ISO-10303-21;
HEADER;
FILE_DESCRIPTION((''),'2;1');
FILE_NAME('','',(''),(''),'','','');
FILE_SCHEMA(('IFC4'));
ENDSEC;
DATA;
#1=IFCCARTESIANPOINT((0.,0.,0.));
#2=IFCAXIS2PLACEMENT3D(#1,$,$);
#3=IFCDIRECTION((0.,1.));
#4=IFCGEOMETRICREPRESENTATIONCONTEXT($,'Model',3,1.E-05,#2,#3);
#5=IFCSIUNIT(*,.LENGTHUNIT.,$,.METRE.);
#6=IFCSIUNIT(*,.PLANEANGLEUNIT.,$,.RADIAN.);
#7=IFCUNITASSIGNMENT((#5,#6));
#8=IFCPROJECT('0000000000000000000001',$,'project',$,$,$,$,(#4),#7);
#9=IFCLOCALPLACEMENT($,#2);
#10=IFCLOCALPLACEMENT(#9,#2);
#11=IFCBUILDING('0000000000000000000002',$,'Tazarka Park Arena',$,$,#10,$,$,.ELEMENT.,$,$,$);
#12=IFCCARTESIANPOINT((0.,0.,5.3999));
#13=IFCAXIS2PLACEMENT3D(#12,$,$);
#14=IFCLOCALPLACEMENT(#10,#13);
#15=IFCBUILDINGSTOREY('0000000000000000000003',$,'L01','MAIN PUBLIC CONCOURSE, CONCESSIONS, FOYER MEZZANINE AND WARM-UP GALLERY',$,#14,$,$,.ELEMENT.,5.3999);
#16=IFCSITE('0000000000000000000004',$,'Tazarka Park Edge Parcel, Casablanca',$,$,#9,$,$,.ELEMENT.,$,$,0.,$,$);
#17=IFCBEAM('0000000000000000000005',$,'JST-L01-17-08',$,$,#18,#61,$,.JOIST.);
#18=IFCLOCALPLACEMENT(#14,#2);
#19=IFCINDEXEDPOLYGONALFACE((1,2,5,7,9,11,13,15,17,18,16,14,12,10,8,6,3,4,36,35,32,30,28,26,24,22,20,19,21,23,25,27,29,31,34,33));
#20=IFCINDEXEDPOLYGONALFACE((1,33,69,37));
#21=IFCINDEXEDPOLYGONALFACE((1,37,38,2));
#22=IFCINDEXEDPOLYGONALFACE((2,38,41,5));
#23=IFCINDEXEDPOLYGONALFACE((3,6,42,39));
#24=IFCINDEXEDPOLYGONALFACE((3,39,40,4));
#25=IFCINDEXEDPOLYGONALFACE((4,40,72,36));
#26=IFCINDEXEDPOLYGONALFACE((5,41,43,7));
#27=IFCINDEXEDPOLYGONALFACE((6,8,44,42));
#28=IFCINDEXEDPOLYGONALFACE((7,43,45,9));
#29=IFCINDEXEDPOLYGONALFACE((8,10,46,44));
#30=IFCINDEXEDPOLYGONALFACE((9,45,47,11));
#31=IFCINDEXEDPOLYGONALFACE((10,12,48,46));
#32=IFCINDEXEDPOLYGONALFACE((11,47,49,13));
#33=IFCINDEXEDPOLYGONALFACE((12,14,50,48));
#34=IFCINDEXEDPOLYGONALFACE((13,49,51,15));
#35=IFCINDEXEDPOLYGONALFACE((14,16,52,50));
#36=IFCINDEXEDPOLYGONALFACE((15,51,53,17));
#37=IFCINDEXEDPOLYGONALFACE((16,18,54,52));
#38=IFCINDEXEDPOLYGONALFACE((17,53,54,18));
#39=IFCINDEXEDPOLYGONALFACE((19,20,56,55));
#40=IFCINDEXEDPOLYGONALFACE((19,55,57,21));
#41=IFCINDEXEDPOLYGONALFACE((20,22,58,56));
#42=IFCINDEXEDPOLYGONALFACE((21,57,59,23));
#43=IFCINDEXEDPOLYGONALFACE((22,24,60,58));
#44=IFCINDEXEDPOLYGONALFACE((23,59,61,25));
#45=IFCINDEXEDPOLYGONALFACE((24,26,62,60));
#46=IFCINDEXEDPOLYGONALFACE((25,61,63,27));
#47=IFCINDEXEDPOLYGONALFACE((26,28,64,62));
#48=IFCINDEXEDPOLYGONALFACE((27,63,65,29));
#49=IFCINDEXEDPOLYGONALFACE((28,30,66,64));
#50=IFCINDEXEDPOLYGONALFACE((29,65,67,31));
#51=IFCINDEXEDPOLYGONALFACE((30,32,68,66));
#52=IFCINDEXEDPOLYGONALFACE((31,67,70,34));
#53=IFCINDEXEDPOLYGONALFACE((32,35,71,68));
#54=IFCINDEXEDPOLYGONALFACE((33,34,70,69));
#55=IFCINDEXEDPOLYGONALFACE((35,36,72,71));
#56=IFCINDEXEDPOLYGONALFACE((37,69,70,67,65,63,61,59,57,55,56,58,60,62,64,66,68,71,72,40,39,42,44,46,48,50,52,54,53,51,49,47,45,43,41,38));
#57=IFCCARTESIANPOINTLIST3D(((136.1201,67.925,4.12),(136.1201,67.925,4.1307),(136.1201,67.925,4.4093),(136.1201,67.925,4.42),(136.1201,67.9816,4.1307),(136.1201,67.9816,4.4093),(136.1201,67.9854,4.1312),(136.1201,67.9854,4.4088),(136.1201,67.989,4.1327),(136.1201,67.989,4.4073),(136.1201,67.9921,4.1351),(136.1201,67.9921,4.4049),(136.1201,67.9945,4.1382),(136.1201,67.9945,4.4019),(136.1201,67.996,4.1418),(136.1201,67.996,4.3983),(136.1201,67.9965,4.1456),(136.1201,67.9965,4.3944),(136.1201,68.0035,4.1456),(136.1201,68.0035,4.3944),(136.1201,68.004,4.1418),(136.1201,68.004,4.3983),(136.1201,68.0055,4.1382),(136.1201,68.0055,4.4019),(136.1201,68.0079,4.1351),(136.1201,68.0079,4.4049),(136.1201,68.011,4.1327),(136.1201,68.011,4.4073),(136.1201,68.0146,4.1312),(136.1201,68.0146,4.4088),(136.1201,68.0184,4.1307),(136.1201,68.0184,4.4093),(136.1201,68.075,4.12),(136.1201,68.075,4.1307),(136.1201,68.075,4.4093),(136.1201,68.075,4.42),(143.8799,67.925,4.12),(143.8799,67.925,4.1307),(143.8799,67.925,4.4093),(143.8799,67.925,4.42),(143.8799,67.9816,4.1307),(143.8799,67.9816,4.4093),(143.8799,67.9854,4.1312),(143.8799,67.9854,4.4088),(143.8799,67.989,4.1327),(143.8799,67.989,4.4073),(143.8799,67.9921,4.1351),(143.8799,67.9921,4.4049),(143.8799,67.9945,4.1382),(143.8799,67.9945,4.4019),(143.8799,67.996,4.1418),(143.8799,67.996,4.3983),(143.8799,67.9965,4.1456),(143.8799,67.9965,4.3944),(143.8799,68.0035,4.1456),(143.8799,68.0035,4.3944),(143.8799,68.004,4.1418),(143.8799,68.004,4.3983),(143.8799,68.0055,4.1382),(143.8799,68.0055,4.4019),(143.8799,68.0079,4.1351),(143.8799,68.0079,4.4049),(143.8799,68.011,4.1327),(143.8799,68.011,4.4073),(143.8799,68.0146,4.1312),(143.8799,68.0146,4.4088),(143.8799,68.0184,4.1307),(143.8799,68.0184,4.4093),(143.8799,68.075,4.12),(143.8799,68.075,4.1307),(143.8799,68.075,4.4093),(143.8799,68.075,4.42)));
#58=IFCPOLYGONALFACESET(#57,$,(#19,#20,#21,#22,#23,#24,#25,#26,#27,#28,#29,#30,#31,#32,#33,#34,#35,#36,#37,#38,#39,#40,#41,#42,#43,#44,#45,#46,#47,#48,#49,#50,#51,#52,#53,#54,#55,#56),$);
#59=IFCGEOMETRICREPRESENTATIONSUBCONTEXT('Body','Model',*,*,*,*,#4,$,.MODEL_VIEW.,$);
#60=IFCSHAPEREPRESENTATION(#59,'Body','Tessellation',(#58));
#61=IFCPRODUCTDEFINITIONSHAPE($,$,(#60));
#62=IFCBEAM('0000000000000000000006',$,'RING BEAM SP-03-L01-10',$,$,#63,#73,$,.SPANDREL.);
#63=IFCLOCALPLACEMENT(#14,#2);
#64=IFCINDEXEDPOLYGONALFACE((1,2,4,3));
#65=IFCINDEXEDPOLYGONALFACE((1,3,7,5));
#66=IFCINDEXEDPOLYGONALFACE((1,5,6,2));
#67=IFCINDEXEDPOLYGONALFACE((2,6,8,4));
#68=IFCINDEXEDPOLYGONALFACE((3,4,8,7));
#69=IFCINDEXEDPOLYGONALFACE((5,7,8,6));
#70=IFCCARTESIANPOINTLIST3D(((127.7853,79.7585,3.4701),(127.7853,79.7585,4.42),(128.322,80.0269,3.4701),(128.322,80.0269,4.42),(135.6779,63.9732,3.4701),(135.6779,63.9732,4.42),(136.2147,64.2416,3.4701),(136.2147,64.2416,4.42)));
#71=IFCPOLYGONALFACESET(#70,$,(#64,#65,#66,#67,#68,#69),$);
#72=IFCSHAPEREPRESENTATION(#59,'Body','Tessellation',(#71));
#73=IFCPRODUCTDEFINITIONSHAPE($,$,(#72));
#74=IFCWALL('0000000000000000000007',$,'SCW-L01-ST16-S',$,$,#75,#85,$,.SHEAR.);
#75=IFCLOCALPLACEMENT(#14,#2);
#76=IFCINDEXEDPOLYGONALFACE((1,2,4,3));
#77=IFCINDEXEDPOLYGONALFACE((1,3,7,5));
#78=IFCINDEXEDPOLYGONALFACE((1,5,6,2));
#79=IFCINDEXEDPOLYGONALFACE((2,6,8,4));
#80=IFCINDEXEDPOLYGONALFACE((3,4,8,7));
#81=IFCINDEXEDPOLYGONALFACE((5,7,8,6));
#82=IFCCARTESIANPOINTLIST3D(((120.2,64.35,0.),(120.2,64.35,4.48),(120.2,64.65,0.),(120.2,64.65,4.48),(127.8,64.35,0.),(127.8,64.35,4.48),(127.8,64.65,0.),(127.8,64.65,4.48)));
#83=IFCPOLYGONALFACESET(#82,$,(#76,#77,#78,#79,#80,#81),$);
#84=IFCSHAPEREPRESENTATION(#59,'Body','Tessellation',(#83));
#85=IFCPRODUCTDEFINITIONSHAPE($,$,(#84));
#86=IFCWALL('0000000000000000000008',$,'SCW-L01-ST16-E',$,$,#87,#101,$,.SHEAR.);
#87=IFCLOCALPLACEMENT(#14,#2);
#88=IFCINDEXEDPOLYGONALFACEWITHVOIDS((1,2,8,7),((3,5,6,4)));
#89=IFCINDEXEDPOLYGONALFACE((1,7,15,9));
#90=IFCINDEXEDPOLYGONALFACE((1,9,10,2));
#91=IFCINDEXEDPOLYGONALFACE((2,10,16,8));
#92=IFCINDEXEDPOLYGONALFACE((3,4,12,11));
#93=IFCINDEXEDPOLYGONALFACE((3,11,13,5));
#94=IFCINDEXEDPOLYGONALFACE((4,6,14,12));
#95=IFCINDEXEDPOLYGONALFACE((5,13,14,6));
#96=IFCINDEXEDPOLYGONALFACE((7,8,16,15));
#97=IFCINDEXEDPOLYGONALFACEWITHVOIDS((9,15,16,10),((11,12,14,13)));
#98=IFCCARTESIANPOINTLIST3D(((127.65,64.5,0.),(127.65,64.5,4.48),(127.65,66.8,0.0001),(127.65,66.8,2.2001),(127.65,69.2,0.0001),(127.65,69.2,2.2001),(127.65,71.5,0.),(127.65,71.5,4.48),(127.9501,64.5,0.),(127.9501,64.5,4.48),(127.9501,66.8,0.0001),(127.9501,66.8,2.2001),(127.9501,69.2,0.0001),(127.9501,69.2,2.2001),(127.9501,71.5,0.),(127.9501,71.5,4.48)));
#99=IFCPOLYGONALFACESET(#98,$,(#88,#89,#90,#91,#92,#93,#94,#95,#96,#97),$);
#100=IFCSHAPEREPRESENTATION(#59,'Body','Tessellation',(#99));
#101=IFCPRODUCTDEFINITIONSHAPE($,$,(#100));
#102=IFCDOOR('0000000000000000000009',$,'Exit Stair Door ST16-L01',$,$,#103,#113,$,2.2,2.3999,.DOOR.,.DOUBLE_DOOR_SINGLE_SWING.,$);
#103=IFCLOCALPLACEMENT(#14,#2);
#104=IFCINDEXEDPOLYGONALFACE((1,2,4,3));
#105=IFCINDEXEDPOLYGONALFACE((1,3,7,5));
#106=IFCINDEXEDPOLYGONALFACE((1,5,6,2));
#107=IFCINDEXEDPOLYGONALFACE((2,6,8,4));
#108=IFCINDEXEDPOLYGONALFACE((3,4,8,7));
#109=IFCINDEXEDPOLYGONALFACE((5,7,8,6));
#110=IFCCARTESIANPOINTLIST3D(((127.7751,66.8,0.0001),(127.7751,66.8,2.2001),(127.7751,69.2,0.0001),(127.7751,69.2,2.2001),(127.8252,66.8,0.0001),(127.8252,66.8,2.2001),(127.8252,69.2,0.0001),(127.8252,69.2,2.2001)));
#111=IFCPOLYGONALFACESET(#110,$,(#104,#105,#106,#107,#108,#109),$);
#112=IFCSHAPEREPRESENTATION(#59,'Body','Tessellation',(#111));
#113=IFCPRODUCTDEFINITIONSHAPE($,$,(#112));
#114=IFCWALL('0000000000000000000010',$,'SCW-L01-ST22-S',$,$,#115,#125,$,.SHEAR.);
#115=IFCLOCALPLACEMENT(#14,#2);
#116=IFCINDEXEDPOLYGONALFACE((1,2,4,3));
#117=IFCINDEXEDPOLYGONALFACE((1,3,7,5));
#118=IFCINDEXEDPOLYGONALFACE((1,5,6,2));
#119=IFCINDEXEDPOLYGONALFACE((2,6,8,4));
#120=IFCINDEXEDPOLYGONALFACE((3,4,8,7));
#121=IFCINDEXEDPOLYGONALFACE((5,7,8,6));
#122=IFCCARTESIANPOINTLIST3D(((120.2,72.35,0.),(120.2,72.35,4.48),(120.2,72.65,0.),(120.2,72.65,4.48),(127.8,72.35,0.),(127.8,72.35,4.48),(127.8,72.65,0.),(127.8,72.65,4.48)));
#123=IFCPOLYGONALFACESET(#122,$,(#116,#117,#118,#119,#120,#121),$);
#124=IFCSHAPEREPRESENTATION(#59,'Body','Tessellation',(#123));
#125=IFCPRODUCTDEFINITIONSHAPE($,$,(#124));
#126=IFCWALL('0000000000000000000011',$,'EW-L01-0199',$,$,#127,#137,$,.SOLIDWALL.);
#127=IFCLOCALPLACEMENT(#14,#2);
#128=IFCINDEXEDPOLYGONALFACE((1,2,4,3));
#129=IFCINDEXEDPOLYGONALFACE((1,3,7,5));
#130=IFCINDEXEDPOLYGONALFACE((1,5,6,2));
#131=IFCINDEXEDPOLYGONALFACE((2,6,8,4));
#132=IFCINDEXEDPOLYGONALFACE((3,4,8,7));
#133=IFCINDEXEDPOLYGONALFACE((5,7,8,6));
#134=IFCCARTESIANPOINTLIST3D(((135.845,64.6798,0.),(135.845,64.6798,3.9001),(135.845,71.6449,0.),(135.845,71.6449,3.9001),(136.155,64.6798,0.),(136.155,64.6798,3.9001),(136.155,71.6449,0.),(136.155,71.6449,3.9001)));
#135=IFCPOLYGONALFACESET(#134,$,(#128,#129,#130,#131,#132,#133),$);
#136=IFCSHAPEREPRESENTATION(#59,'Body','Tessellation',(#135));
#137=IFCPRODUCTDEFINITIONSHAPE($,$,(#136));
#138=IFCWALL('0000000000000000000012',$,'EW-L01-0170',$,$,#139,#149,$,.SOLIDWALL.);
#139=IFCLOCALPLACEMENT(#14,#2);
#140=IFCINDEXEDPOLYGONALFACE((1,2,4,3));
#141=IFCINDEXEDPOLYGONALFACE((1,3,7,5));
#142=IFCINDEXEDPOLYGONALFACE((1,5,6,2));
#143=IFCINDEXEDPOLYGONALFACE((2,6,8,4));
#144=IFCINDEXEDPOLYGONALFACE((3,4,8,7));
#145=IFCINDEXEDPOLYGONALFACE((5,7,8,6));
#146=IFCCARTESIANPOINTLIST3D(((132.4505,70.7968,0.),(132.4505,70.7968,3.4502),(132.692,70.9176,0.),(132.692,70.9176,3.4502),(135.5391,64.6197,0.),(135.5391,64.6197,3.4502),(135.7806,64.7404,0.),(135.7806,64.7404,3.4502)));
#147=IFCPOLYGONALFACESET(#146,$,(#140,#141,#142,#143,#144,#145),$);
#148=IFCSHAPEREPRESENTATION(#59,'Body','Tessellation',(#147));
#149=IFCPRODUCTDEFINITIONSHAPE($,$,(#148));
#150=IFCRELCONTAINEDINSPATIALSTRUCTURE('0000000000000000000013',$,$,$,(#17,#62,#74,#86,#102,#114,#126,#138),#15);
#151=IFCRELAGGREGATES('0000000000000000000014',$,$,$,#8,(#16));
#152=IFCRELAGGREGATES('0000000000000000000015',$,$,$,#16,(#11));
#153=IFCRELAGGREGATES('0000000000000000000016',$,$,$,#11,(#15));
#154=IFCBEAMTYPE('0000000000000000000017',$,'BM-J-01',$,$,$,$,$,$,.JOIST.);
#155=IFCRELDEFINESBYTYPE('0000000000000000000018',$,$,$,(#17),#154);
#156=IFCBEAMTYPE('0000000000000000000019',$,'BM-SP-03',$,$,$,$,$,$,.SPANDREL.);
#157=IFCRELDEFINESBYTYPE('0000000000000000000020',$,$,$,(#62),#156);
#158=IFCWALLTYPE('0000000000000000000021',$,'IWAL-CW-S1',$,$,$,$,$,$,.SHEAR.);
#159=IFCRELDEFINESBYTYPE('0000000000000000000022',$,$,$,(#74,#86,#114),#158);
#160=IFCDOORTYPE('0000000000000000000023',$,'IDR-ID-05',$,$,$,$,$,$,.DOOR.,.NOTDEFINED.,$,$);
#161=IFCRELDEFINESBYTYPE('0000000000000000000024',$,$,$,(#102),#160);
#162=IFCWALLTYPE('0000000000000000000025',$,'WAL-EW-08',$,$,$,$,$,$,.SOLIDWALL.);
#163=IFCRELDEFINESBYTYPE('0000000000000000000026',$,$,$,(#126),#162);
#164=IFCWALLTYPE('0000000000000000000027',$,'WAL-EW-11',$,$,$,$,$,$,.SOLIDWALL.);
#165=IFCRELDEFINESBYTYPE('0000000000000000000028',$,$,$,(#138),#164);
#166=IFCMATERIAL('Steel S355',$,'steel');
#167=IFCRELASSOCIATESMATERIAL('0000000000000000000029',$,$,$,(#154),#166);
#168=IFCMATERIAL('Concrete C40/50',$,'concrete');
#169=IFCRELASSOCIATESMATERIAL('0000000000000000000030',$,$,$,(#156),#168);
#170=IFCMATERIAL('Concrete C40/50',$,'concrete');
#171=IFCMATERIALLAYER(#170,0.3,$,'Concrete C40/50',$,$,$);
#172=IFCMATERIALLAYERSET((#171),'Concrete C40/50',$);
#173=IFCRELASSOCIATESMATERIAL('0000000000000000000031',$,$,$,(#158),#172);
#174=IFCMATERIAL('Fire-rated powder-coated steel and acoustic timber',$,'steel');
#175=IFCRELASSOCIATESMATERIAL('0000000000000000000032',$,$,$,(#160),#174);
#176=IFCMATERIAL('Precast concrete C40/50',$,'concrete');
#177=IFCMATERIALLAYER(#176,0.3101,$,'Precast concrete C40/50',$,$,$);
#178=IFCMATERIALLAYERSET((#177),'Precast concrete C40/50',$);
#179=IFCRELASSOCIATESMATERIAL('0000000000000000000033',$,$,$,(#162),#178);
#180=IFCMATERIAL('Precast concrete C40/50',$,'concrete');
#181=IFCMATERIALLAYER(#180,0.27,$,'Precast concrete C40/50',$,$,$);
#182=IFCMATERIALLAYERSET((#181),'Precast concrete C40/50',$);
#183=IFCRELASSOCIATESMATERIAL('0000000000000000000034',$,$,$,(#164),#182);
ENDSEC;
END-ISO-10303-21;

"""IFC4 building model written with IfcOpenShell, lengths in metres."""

from ifc_helpers import new_model, si_unit, direction, frame, frame_2d, origin, origin_2d, place, context, subcontext, project, spatial, rectangle, i_section, extrude, material, layer, layer_set, material_profile, profile_set, type_object, element, fill, save


model = new_model("IFC4")

# Units and contexts
model_context = context("Model", 3, precision=1e-05, world=origin(), true_north=direction((0.0, 1.0)))
body_context = subcontext(model_context, "Body", "Model", "MODEL_VIEW")
ifc_project = project(units=[si_unit("LENGTHUNIT", "METRE"), si_unit("PLANEANGLEUNIT", "RADIAN")], contexts=[model_context])

# Site, building, storey
site_placement = place(None, origin())
site = spatial("IfcSite", under=ifc_project, at=site_placement, Name="Tazarka Park Edge Parcel, Casablanca", CompositionType="ELEMENT", RefElevation=0.0)
building_placement = place(site_placement, origin())
building = spatial("IfcBuilding", under=site, at=building_placement, Name="Tazarka Park Arena", CompositionType="ELEMENT")
storey_placement = place(building_placement, frame((0.0, 0.0, 5.3999)))
storey = spatial("IfcBuildingStorey", under=building, at=storey_placement, Name="L01", Description="MAIN PUBLIC CONCOURSE, CONCESSIONS, FOYER MEZZANINE AND WARM-UP GALLERY", CompositionType="ELEMENT", Elevation=5.3999)

# Beams
ifc_material_1 = material(Name="Steel S355", Category="steel")
ifc_material_profile_1 = material_profile(ifc_material_1, i_section(OverallWidth=0.1499, OverallDepth=0.3, WebThickness=0.0071, FlangeThickness=0.0107, FilletRadius=0.0149, at=origin_2d()), Name="Steel S355")
ifc_profile_set_1 = profile_set([ifc_material_profile_1], Name="Steel S355")
beam_type_1 = type_object("IfcBeamType", Name="BM-J-01", PredefinedType="JOIST", material=ifc_profile_set_1)
beam_1_placement = place(storey_placement, frame((136.1201, 68.0, 4.27), z_axis=(1.0, 0.0, 0.0), x_axis=(0.0, 1.0, 0.0)))
element("IfcBeam", 1, at=beam_1_placement, inside=storey, type_object=beam_type_1, Name="JST-L01-17-08", PredefinedType="JOIST", context=body_context, shape_type="SweptSolid", body=[
    extrude(i_section(OverallWidth=0.1499, OverallDepth=0.3, WebThickness=0.0071, FlangeThickness=0.0107, FilletRadius=0.0149, at=origin_2d()), origin(), (0.0, 0.0, 1.0), 7.7598),
])
ifc_material_2 = material(Name="Concrete C40/50", Category="concrete")
ifc_material_profile_2 = material_profile(ifc_material_2, rectangle(XDim=0.6001, YDim=0.95, at=origin_2d()), Name="Concrete C40/50")
ifc_profile_set_2 = profile_set([ifc_material_profile_2], Name="Concrete C40/50")
beam_type_2 = type_object("IfcBeamType", Name="BM-SP-03", PredefinedType="SPANDREL", material=ifc_profile_set_2)
beam_2_placement = place(storey_placement, frame((135.9463, 64.1074, 3.9451), z_axis=(-0.447214, 0.894427, 0.0), x_axis=(-0.894427, -0.447214, 0.0)))
element("IfcBeam", 2, at=beam_2_placement, inside=storey, type_object=beam_type_2, Name="RING BEAM SP-03-L01-10", PredefinedType="SPANDREL", context=body_context, shape_type="SweptSolid", body=[
    extrude(rectangle(XDim=0.6001, YDim=0.95, at=origin_2d()), origin(), (0.0, 0.0, 1.0), 17.6484),
])

# Wall
ifc_material_3 = material(Name="Concrete C40/50", Category="concrete")
ifc_layer_1 = layer(ifc_material_3, 0.3, Name="Concrete C40/50")
ifc_layer_set_1 = layer_set([ifc_layer_1], Name="Concrete C40/50")
wall_type_1 = type_object("IfcWallType", Name="IWAL-CW-S1", PredefinedType="SHEAR", material=ifc_layer_set_1)
wall_1_placement = place(storey_placement, frame((127.8, 64.5, 0.0), z_axis=(0.0, 0.0, 1.0), x_axis=(-1.0, 0.0, 0.0)))
element("IfcWall", 3, at=wall_1_placement, inside=storey, type_object=wall_type_1, Name="SCW-L01-ST16-S", PredefinedType="SHEAR", context=body_context, shape_type="SweptSolid", body=[
    extrude(rectangle(XDim=7.6001, YDim=0.3, at=frame_2d((3.8, 0.0))), origin(), (0.0, 0.0, 1.0), 4.48),
])

# Wall, opening, door
wall_2_placement = place(storey_placement, frame((127.8, 71.5, 0.0), z_axis=(0.0, 0.0, 1.0), x_axis=(0.0, -1.0, 0.0)))
wall_2 = element("IfcWall", 4, at=wall_2_placement, inside=storey, type_object=wall_type_1, Name="SCW-L01-ST16-E", PredefinedType="SHEAR", context=body_context, shape_type="SweptSolid", body=[
    extrude(rectangle(XDim=7.0, YDim=0.3, at=frame_2d((3.5, 0.0))), origin(), (0.0, 0.0, 1.0), 4.48),
])
opening_placement = place(wall_2_placement, frame((2.3, 0.0, 0.0)))
opening = element("IfcOpeningElement", 5, at=opening_placement, cuts=wall_2, PredefinedType="OPENING", context=body_context, shape_type="SweptSolid", body=[
    extrude(rectangle(XDim=2.3999, YDim=2.2, at=frame_2d((1.2, 1.1001))), frame((0.0, 0.1602, 0.0), z_axis=(0.0, -1.0, 0.0), x_axis=(1.0, 0.0, 0.0)), (0.0, 0.0, 1.0), 0.3201),
])
ifc_material_4 = material(Name="Fire-rated powder-coated steel and acoustic timber", Category="steel")
door_type = type_object("IfcDoorType", Name="IDR-ID-05", OperationType="NOTDEFINED", PredefinedType="DOOR", material=ifc_material_4)
door_placement = place(opening_placement, frame((2.3999, 0.0, 0.0), z_axis=(0.0, 0.0, 1.0), x_axis=(-1.0, 0.0, 0.0)))
door = element("IfcDoor", 6, at=door_placement, inside=storey, type_object=door_type, Name="Exit Stair Door ST16-L01", OperationType="DOUBLE_DOOR_SINGLE_SWING", OverallHeight=2.2, OverallWidth=2.3999, PredefinedType="DOOR", context=body_context, shape_type="SweptSolid", body=[
    extrude(rectangle(XDim=2.3999, YDim=2.2, at=frame_2d((1.2, 1.1001))), frame((0.0, 0.0249, 0.0), z_axis=(0.0, -1.0, 0.0), x_axis=(1.0, 0.0, 0.0)), (0.0, 0.0, 1.0), 0.05),
])
fill(opening, door)

# Walls
wall_3_placement = place(storey_placement, frame((127.8, 72.5, 0.0), z_axis=(0.0, 0.0, 1.0), x_axis=(-1.0, 0.0, 0.0)))
element("IfcWall", 7, at=wall_3_placement, inside=storey, type_object=wall_type_1, Name="SCW-L01-ST22-S", PredefinedType="SHEAR", context=body_context, shape_type="SweptSolid", body=[
    extrude(rectangle(XDim=7.6001, YDim=0.3, at=frame_2d((3.8, 0.0))), origin(), (0.0, 0.0, 1.0), 4.48),
])
ifc_material_5 = material(Name="Precast concrete C40/50", Category="concrete")
ifc_layer_2 = layer(ifc_material_5, 0.3101, Name="Precast concrete C40/50")
ifc_layer_set_2 = layer_set([ifc_layer_2], Name="Precast concrete C40/50")
wall_type_2 = type_object("IfcWallType", Name="WAL-EW-08", PredefinedType="SOLIDWALL", material=ifc_layer_set_2)
wall_4_placement = place(storey_placement, frame((136.0, 64.6799, 0.0), z_axis=(0.0, 0.0, 1.0), x_axis=(0.0, 1.0, 0.0)))
element("IfcWall", 8, at=wall_4_placement, inside=storey, type_object=wall_type_2, Name="EW-L01-0199", PredefinedType="SOLIDWALL", context=body_context, shape_type="SweptSolid", body=[
    extrude(rectangle(XDim=6.9651, YDim=0.3101, at=frame_2d((3.4824, 0.0))), origin(), (0.0, 0.0, 1.0), 3.9001),
])
ifc_material_6 = material(Name="Precast concrete C40/50", Category="concrete")
ifc_layer_3 = layer(ifc_material_6, 0.27, Name="Precast concrete C40/50")
ifc_layer_set_3 = layer_set([ifc_layer_3], Name="Precast concrete C40/50")
wall_type_3 = type_object("IfcWallType", Name="WAL-EW-11", PredefinedType="SOLIDWALL", material=ifc_layer_set_3)
wall_5_placement = place(storey_placement, frame((132.5713, 70.8572, 0.0), z_axis=(0.0, 0.0, 1.0), x_axis=(0.447214, -0.894427, 0.0)))
element("IfcWall", 9, at=wall_5_placement, inside=storey, type_object=wall_type_3, Name="EW-L01-0170", PredefinedType="SOLIDWALL", context=body_context, shape_type="SweptSolid", body=[
    extrude(rectangle(XDim=6.9062, YDim=0.27, at=frame_2d((3.4531, 0.0))), origin(), (0.0, 0.0, 1.0), 3.4502),
])

save(model, "model.ifc")
